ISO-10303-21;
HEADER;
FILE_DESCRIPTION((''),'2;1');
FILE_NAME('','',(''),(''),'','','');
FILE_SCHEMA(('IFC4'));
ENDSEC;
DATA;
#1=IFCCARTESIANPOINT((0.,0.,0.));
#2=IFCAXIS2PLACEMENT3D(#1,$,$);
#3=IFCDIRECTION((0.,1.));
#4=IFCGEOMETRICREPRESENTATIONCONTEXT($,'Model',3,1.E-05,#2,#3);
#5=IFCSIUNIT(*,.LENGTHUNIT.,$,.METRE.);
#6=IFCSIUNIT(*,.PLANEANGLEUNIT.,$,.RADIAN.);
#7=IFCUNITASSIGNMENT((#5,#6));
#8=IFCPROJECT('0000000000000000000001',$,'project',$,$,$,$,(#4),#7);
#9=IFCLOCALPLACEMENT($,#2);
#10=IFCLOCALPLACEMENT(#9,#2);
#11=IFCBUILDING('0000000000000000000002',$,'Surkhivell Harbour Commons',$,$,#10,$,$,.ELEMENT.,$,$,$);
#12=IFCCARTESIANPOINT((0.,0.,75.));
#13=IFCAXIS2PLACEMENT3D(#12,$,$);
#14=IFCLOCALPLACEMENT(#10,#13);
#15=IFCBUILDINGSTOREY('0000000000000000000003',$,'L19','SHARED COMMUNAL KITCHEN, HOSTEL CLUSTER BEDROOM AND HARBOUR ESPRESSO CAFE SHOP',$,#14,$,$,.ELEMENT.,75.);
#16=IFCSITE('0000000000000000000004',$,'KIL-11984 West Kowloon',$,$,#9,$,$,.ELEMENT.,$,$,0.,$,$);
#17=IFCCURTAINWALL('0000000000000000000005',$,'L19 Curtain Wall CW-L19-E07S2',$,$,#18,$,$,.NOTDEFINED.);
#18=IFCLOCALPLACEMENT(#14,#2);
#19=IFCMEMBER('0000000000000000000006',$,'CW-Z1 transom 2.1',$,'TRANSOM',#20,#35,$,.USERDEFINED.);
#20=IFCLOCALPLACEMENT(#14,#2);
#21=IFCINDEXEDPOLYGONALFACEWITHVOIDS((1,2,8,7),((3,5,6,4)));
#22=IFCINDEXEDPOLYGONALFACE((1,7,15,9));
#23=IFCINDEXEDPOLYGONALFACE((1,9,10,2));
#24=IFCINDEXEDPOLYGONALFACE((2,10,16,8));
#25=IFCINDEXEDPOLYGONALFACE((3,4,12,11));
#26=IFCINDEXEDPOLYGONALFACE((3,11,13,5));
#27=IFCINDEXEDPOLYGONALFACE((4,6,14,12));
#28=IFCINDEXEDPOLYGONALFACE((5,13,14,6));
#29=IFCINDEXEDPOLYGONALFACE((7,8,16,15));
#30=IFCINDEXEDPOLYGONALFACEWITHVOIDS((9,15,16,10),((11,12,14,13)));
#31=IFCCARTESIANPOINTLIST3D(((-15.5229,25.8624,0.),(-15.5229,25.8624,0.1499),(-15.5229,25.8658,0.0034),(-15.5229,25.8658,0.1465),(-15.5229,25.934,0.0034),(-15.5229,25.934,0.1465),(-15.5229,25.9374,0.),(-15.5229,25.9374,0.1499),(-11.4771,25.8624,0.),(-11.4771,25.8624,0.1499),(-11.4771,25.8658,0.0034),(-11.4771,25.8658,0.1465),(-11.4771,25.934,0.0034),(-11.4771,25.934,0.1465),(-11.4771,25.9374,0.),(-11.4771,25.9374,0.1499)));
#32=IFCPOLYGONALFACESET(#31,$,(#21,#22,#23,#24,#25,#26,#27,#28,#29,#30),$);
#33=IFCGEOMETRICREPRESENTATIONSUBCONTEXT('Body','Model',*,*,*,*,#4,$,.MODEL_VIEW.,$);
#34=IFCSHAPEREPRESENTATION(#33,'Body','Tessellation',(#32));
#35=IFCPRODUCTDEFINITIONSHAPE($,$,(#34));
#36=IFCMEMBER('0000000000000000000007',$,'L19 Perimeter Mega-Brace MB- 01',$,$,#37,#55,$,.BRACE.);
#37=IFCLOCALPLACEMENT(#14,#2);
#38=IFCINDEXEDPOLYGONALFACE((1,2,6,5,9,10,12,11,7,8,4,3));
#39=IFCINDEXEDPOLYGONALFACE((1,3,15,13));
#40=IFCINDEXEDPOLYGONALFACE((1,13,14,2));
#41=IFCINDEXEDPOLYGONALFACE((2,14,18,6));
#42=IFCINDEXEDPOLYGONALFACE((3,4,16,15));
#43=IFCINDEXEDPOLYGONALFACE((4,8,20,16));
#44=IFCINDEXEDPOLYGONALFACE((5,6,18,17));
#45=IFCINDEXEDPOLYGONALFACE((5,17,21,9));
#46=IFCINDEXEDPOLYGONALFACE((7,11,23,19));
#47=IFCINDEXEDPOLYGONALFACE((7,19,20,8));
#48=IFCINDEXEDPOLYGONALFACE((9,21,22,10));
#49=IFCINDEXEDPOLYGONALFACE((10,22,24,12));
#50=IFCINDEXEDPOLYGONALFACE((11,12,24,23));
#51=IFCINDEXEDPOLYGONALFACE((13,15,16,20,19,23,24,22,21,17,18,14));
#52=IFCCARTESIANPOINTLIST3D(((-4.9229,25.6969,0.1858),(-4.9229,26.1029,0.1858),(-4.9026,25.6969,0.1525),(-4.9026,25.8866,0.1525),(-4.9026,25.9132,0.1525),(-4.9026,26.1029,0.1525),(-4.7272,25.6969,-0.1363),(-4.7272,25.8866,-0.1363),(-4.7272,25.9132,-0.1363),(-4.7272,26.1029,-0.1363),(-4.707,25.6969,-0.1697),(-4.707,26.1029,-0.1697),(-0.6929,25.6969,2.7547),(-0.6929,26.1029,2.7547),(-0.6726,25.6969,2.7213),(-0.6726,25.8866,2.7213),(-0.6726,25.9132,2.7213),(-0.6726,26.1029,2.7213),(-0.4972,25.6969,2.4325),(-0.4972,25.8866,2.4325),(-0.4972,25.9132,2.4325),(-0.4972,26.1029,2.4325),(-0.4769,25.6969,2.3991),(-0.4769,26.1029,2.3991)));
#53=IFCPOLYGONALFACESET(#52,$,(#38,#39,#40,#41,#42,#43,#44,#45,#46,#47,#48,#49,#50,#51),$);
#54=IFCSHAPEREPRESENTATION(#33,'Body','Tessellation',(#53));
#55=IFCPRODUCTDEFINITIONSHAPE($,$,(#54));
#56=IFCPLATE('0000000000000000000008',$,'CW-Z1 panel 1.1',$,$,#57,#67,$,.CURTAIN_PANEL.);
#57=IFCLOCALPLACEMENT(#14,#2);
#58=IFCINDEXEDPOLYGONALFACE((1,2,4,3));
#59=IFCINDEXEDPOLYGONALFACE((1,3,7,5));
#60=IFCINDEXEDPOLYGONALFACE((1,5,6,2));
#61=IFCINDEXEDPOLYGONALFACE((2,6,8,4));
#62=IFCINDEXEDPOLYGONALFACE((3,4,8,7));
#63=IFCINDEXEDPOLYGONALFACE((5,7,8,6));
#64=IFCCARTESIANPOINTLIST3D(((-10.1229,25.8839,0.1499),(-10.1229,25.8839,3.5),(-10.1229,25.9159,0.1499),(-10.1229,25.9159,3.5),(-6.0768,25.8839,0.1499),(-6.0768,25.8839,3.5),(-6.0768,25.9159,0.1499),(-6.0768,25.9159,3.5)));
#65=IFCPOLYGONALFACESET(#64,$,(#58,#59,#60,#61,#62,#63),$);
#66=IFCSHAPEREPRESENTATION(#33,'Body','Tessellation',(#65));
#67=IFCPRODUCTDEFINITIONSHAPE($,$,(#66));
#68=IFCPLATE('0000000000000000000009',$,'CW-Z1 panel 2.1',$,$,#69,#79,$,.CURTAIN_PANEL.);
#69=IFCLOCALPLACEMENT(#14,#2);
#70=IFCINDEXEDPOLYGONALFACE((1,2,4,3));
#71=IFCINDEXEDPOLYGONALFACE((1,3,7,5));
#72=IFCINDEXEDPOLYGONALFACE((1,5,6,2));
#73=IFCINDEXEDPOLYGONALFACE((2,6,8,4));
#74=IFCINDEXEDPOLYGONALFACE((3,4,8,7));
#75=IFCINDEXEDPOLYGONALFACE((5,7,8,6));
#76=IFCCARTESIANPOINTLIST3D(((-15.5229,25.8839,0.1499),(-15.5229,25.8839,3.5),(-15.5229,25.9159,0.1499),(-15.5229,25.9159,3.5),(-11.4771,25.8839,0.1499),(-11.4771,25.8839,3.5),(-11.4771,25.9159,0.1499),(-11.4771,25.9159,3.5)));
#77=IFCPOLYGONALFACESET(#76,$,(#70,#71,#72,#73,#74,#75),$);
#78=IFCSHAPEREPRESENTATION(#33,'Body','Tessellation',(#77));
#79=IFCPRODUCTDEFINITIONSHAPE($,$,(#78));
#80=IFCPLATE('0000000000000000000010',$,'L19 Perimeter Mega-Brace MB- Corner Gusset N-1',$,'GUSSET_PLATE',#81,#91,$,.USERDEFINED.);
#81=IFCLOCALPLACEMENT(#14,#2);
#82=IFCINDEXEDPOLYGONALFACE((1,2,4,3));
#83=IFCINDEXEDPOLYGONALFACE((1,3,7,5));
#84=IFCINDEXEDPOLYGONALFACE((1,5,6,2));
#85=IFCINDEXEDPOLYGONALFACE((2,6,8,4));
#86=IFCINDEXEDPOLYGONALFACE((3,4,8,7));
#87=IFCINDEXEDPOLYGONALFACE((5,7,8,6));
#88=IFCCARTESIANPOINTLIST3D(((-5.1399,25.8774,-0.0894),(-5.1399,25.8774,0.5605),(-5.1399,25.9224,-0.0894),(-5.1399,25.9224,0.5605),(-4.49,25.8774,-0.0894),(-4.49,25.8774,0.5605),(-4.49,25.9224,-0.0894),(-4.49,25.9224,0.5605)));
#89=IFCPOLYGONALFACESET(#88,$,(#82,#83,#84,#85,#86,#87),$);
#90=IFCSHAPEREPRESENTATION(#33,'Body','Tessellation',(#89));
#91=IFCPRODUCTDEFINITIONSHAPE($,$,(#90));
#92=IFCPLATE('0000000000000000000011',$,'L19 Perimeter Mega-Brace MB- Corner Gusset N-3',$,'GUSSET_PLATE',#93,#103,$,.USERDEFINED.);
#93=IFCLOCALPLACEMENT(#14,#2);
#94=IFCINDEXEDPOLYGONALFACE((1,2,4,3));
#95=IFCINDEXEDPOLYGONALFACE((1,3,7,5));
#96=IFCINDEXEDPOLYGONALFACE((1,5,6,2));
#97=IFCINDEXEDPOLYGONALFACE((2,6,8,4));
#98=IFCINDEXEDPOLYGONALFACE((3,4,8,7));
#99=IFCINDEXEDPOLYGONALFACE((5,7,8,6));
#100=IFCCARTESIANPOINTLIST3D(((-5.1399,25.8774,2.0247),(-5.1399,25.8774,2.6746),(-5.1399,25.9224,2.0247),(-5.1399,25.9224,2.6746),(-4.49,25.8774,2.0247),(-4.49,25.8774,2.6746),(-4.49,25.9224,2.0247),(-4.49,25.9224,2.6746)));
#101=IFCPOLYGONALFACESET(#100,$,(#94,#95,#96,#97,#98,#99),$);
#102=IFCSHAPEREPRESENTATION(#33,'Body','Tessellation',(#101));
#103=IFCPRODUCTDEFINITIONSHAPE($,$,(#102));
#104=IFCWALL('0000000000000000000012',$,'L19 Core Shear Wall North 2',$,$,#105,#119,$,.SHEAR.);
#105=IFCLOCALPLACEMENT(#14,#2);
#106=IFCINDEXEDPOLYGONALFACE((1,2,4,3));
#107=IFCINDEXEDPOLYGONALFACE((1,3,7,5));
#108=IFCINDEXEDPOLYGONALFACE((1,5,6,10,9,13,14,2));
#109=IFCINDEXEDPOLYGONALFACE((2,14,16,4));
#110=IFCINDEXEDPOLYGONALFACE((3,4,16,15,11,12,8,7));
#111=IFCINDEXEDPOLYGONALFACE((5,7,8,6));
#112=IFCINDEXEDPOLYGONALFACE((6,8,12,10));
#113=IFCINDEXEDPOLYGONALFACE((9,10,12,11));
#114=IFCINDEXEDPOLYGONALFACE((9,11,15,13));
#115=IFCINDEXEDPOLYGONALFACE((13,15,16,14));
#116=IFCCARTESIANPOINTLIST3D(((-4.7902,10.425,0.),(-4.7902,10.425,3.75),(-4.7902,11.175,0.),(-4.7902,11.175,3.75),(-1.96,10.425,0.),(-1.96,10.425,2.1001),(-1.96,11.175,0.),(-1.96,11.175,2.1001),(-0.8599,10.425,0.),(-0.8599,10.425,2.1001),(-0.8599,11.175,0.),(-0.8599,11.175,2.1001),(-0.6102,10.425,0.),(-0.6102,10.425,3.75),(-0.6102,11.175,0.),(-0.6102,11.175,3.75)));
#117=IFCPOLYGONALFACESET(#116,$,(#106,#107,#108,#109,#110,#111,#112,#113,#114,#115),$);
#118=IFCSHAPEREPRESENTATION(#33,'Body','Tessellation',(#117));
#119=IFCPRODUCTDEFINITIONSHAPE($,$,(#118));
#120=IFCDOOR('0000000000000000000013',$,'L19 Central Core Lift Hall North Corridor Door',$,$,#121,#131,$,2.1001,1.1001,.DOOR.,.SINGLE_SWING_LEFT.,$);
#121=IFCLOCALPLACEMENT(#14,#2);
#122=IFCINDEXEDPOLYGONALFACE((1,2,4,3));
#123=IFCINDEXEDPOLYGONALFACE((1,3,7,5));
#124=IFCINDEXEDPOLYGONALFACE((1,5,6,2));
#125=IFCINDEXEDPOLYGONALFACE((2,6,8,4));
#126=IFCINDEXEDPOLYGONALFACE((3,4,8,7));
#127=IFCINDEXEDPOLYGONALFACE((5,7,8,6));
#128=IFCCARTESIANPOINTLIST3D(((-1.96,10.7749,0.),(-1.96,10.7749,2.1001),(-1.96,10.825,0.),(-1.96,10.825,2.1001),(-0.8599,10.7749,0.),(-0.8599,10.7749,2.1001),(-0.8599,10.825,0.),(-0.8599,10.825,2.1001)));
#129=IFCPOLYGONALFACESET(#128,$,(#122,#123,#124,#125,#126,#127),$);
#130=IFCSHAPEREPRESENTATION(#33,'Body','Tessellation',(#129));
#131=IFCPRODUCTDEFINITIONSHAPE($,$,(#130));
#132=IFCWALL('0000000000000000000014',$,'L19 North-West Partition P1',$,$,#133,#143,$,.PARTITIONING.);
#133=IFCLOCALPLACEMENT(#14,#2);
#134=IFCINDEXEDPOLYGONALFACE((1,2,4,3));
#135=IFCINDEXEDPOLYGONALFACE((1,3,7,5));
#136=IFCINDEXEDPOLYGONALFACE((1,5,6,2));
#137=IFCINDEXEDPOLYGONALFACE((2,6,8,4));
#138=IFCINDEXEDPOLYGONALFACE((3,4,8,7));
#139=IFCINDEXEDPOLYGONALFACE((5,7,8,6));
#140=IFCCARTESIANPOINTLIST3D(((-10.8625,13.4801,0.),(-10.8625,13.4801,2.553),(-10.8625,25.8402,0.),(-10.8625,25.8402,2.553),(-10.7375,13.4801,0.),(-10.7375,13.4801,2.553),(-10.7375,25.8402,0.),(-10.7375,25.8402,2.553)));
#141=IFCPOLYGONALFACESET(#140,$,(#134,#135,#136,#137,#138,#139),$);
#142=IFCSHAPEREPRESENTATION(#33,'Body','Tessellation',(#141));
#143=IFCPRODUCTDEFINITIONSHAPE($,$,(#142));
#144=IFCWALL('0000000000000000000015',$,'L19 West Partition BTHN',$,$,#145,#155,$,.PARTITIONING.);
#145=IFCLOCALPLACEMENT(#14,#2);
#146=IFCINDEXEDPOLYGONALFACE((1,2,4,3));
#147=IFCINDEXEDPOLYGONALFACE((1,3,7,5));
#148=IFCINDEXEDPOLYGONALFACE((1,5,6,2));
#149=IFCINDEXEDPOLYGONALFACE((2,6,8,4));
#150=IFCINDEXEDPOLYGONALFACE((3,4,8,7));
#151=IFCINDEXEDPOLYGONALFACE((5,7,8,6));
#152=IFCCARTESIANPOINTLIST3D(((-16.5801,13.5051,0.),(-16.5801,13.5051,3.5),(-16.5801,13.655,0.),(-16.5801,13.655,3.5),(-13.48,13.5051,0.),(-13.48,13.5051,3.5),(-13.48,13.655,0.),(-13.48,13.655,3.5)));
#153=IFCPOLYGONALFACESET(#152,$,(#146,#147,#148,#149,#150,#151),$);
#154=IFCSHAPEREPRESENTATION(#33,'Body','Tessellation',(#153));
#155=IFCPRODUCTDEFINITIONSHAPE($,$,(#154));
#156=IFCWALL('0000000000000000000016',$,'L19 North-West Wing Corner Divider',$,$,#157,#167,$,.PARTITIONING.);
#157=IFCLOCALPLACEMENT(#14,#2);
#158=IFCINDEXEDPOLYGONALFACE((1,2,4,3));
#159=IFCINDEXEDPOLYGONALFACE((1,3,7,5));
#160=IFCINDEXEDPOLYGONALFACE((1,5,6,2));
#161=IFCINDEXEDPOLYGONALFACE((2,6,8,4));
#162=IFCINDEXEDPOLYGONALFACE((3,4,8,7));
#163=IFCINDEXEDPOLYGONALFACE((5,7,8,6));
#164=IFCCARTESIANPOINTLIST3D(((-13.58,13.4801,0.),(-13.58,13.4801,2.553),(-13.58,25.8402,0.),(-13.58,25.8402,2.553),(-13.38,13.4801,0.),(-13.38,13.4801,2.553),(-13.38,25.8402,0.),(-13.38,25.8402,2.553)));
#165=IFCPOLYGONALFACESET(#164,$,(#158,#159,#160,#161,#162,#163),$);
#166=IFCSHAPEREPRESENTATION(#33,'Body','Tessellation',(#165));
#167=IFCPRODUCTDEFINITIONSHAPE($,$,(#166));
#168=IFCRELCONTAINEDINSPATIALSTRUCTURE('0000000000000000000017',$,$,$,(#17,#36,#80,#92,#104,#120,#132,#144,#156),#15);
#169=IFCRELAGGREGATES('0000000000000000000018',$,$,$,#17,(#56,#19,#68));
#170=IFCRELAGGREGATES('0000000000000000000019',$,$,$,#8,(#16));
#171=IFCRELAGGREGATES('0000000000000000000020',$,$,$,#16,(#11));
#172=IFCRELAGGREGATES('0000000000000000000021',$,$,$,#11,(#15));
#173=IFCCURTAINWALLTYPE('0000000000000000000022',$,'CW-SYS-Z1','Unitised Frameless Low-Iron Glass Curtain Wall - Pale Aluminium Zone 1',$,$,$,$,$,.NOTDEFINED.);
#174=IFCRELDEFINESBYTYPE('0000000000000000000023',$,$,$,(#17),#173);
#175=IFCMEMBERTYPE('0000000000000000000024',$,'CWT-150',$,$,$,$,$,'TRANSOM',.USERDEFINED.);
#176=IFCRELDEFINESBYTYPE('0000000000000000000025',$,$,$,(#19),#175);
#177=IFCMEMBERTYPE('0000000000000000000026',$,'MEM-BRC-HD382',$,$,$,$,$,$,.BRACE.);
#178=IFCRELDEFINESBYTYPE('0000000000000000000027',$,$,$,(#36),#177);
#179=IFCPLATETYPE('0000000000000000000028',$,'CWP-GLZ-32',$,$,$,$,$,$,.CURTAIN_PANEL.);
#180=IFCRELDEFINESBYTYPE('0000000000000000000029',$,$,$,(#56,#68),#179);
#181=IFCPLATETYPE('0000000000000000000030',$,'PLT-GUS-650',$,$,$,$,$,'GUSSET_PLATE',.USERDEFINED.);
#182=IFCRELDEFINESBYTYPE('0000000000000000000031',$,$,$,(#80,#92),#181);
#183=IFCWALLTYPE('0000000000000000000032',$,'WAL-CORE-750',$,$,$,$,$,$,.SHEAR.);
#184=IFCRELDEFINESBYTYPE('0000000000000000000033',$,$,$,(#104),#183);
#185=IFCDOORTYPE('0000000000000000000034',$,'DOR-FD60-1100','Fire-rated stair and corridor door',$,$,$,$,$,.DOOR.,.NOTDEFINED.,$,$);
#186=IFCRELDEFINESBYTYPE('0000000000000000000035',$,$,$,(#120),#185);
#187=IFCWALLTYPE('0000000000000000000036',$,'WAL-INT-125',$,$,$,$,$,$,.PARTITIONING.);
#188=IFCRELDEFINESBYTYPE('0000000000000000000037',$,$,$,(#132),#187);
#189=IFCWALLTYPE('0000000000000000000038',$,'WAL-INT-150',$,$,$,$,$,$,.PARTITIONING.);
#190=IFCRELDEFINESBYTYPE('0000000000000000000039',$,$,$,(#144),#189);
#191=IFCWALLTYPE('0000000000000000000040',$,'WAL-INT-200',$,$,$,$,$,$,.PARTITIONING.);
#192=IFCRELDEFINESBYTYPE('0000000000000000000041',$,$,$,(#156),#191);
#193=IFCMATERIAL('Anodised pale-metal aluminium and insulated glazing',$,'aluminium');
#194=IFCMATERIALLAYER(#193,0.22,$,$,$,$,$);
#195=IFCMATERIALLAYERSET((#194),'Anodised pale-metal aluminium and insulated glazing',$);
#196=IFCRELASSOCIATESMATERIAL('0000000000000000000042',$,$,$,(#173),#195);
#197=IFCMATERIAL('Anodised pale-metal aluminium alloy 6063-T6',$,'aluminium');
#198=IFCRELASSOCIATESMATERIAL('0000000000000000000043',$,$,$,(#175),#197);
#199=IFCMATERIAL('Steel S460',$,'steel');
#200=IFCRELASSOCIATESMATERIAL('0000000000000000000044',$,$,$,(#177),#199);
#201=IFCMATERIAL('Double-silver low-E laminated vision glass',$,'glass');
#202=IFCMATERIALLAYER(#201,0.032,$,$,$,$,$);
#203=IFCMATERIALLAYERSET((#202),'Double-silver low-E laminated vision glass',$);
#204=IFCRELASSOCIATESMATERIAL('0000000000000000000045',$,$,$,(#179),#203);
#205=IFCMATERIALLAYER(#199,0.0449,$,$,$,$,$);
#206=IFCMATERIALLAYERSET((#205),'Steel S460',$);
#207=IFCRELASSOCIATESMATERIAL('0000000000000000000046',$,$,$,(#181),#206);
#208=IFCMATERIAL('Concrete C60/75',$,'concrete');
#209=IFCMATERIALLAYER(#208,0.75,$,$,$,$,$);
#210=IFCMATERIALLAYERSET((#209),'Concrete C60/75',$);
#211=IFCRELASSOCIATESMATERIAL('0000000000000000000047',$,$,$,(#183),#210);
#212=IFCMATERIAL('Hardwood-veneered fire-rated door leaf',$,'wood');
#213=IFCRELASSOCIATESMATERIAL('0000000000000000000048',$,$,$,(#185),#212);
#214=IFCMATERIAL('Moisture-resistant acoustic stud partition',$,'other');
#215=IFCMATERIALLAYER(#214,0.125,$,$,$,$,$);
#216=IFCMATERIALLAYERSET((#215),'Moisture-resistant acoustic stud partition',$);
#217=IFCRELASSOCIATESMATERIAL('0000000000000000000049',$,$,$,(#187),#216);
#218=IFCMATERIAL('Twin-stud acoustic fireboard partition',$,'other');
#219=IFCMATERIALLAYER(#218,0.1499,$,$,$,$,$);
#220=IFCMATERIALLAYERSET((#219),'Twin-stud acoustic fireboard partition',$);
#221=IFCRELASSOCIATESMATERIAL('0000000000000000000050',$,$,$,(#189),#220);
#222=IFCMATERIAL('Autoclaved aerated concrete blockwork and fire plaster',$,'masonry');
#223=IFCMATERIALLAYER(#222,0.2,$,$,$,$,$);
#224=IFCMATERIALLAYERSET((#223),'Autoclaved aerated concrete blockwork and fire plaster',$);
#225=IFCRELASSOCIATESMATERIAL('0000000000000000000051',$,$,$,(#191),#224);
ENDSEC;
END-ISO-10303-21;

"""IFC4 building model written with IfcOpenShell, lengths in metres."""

from ifc_helpers import new_model, si_unit, direction, frame, frame_2d, origin, origin_2d, place, context, subcontext, project, spatial, rectangle, hollow_rectangle, i_section, extrude, material, layer, layer_set, material_profile, profile_set, type_object, element, fill, aggregate, save


model = new_model("IFC4")

# Units and contexts
model_context = context("Model", 3, precision=1e-05, world=origin(), true_north=direction((0.0, 1.0)))
body_context = subcontext(model_context, "Body", "Model", "MODEL_VIEW")
ifc_project = project(units=[si_unit("LENGTHUNIT", "METRE"), si_unit("PLANEANGLEUNIT", "RADIAN")], contexts=[model_context])

# Site, building, storey
site_placement = place(None, origin())
site = spatial("IfcSite", under=ifc_project, at=site_placement, Name="KIL-11984 West Kowloon", CompositionType="ELEMENT", RefElevation=0.0)
building_placement = place(site_placement, origin())
building = spatial("IfcBuilding", under=site, at=building_placement, Name="Surkhivell Harbour Commons", CompositionType="ELEMENT")
storey_placement = place(building_placement, frame((0.0, 0.0, 75.0)))
storey = spatial("IfcBuildingStorey", under=building, at=storey_placement, Name="L19", Description="SHARED COMMUNAL KITCHEN, HOSTEL CLUSTER BEDROOM AND HARBOUR ESPRESSO CAFE SHOP", CompositionType="ELEMENT", Elevation=75.0)

# Shared definitions
ifc_material_1 = material(Name="Steel S460", Category="steel")

# Curtain wall, member
ifc_material_2 = material(Name="Anodised pale-metal aluminium and insulated glazing", Category="aluminium")
ifc_layer_1 = layer(ifc_material_2, 0.22)
ifc_layer_set_1 = layer_set([ifc_layer_1], Name="Anodised pale-metal aluminium and insulated glazing")
curtain_wall_type = type_object("IfcCurtainWallType", Name="CW-SYS-Z1", Description="Unitised Frameless Low-Iron Glass Curtain Wall - Pale Aluminium Zone 1", PredefinedType="NOTDEFINED", material=ifc_layer_set_1)
curtain_wall_placement = place(storey_placement, origin())
curtain_wall = element("IfcCurtainWall", 1, at=curtain_wall_placement, inside=storey, type_object=curtain_wall_type, Name="L19 Curtain Wall CW-L19-E07S2", PredefinedType="NOTDEFINED")
ifc_material_3 = material(Name="Anodised pale-metal aluminium alloy 6063-T6", Category="aluminium")
ifc_material_profile_1 = material_profile(ifc_material_3, hollow_rectangle(XDim=0.075, YDim=0.1499, WallThickness=0.0034, at=origin_2d()), Name="ALU-TRAN-75x150")
ifc_profile_set_1 = profile_set([ifc_material_profile_1], Name="Anodised pale-metal aluminium alloy 6063-T6")
member_type_1 = type_object("IfcMemberType", Name="CWT-150", ElementType="TRANSOM", PredefinedType="USERDEFINED", material=ifc_profile_set_1)
member_1_placement = place(storey_placement, frame((-11.4771, 25.8999, 0.075), z_axis=(-1.0, 0.0, 0.0), x_axis=(0.0, -1.0, 0.0)))
member_1 = element("IfcMember", 2, at=member_1_placement, type_object=member_type_1, Name="CW-Z1 transom 2.1", ObjectType="TRANSOM", PredefinedType="USERDEFINED", context=body_context, shape_type="SweptSolid", body=[
    extrude(hollow_rectangle(XDim=0.075, YDim=0.1499, WallThickness=0.0034, at=origin_2d()), origin(), (0.0, 0.0, 1.0), 4.0459),
])

# Member
ifc_material_profile_2 = material_profile(ifc_material_1, i_section(OverallWidth=0.406, OverallDepth=0.416, WebThickness=0.0266, FlangeThickness=0.0391, at=origin_2d()), Name="HD400x382")
ifc_profile_set_2 = profile_set([ifc_material_profile_2], Name="Steel S460")
member_type_2 = type_object("IfcMemberType", Name="MEM-BRC-HD382", PredefinedType="BRACE", material=ifc_profile_set_2)
member_2_placement = place(storey_placement, frame((-4.8149, 25.8999, 0.0081), z_axis=(0.85473, 0.0, 0.519073), x_axis=(0.0, 1.0, 0.0)))
element("IfcMember", 3, at=member_2_placement, inside=storey, type_object=member_type_2, Name="L19 Perimeter Mega-Brace MB- 01", PredefinedType="BRACE", context=body_context, shape_type="SweptSolid", body=[
    extrude(i_section(OverallWidth=0.406, OverallDepth=0.416, WebThickness=0.0266, FlangeThickness=0.0391, at=origin_2d()), origin(), (0.0, 0.0, 1.0), 4.949),
])

# Plates
ifc_material_4 = material(Name="Double-silver low-E laminated vision glass", Category="glass")
ifc_layer_2 = layer(ifc_material_4, 0.032)
ifc_layer_set_2 = layer_set([ifc_layer_2], Name="Double-silver low-E laminated vision glass")
plate_type_1 = type_object("IfcPlateType", Name="CWP-GLZ-32", PredefinedType="CURTAIN_PANEL", material=ifc_layer_set_2)
plate_1_placement = place(storey_placement, frame((-6.0769, 25.8999, 0.1499), z_axis=(0.0, 0.0, 1.0), x_axis=(-1.0, 0.0, 0.0)))
plate_1 = element("IfcPlate", 4, at=plate_1_placement, type_object=plate_type_1, Name="CW-Z1 panel 1.1", PredefinedType="CURTAIN_PANEL", context=body_context, shape_type="SweptSolid", body=[
    extrude(rectangle(XDim=4.0461, YDim=0.032, at=frame_2d((2.0229, 0.0))), origin(), (0.0, 0.0, 1.0), 3.3501),
])
plate_2_placement = place(storey_placement, frame((-11.4771, 25.8999, 0.1499), z_axis=(0.0, 0.0, 1.0), x_axis=(-1.0, 0.0, 0.0)))
plate_2 = element("IfcPlate", 5, at=plate_2_placement, type_object=plate_type_1, Name="CW-Z1 panel 2.1", PredefinedType="CURTAIN_PANEL", context=body_context, shape_type="SweptSolid", body=[
    extrude(rectangle(XDim=4.0459, YDim=0.032, at=frame_2d((2.0229, 0.0))), origin(), (0.0, 0.0, 1.0), 3.3501),
])
aggregate(curtain_wall, [plate_1, member_1, plate_2])

# Plates
ifc_layer_3 = layer(ifc_material_1, 0.0449)
ifc_layer_set_3 = layer_set([ifc_layer_3], Name="Steel S460")
plate_type_2 = type_object("IfcPlateType", Name="PLT-GUS-650", ElementType="GUSSET_PLATE", PredefinedType="USERDEFINED", material=ifc_layer_set_3)
for number, where, z_axis, x_axis, name in (
    (6, (-4.8149, 25.8999, -0.0894), (0.0, 0.0, 1.0), (1.0, 0.0, 0.0), "L19 Perimeter Mega-Brace MB- Corner Gusset N-1"),
    (7, (-4.8149, 25.8999, 2.0247), (0.0, 0.0, 1.0), (1.0, 0.0, 0.0), "L19 Perimeter Mega-Brace MB- Corner Gusset N-3"),
):
    element("IfcPlate", number, at=place(storey_placement, frame(where, z_axis=z_axis, x_axis=x_axis)), inside=storey, type_object=plate_type_2, Name=name, ObjectType="GUSSET_PLATE", PredefinedType="USERDEFINED", context=body_context, shape_type="SweptSolid", body=[
        extrude(rectangle(XDim=0.6499, YDim=0.0449, at=origin_2d()), origin(), (0.0, 0.0, 1.0), 0.6499),
    ])

# Wall, opening, door
ifc_material_5 = material(Name="Concrete C60/75", Category="concrete")
ifc_layer_4 = layer(ifc_material_5, 0.75)
ifc_layer_set_4 = layer_set([ifc_layer_4], Name="Concrete C60/75")
wall_type_1 = type_object("IfcWallType", Name="WAL-CORE-750", PredefinedType="SHEAR", material=ifc_layer_set_4)
wall_1_placement = place(storey_placement, frame((-4.79, 10.8, 0.0), z_axis=(0.0, 0.0, 1.0), x_axis=(1.0, 0.0, 0.0)))
wall_1 = element("IfcWall", 8, at=wall_1_placement, inside=storey, type_object=wall_type_1, Name="L19 Core Shear Wall North 2", PredefinedType="SHEAR", context=body_context, shape_type="SweptSolid", body=[
    extrude(rectangle(XDim=4.1799, YDim=0.75, at=frame_2d((2.0898, 0.0))), origin(), (0.0, 0.0, 1.0), 3.75),
])
opening_1_placement = place(wall_1_placement, frame((2.8301, 0.0, 0.0)))
opening_1 = element("IfcOpeningElement", 9, at=opening_1_placement, cuts=wall_1, PredefinedType="OPENING", context=body_context, shape_type="SweptSolid", body=[
    extrude(rectangle(XDim=1.1001, YDim=2.1001, at=frame_2d((0.55, 1.05))), frame((0.0, 0.385, 0.0), z_axis=(0.0, -1.0, 0.0), x_axis=(1.0, 0.0, 0.0)), (0.0, 0.0, 1.0), 0.77),
])
ifc_material_6 = material(Name="Hardwood-veneered fire-rated door leaf", Category="wood")
door_type_1 = type_object("IfcDoorType", Name="DOR-FD60-1100", Description="Fire-rated stair and corridor door", OperationType="NOTDEFINED", PredefinedType="DOOR", material=ifc_material_6)
door_1_placement = place(opening_1_placement, origin())
door_1 = element("IfcDoor", 10, at=door_1_placement, inside=storey, type_object=door_type_1, Name="L19 Central Core Lift Hall North Corridor Door", OperationType="SINGLE_SWING_LEFT", OverallHeight=2.1001, OverallWidth=1.1001, PredefinedType="DOOR", context=body_context, shape_type="SweptSolid", body=[
    extrude(rectangle(XDim=1.1001, YDim=2.1001, at=frame_2d((0.55, 1.05))), frame((0.0, 0.0249, 0.0), z_axis=(0.0, -1.0, 0.0), x_axis=(1.0, 0.0, 0.0)), (0.0, 0.0, 1.0), 0.05),
])
fill(opening_1, door_1)

# Walls
ifc_material_7 = material(Name="Moisture-resistant acoustic stud partition", Category="other")
ifc_layer_5 = layer(ifc_material_7, 0.125)
ifc_layer_set_5 = layer_set([ifc_layer_5], Name="Moisture-resistant acoustic stud partition")
wall_type_2 = type_object("IfcWallType", Name="WAL-INT-125", PredefinedType="PARTITIONING", material=ifc_layer_set_5)
wall_2_placement = place(storey_placement, frame((-10.8, 13.48, 0.0), z_axis=(0.0, 0.0, 1.0), x_axis=(0.0, 1.0, 0.0)))
element("IfcWall", 11, at=wall_2_placement, inside=storey, type_object=wall_type_2, Name="L19 North-West Partition P1", PredefinedType="PARTITIONING", context=body_context, shape_type="SweptSolid", body=[
    extrude(rectangle(XDim=12.3601, YDim=0.125, at=frame_2d((6.1802, 0.0))), origin(), (0.0, 0.0, 1.0), 2.553),
])
ifc_material_8 = material(Name="Twin-stud acoustic fireboard partition", Category="other")
ifc_layer_6 = layer(ifc_material_8, 0.1499)
ifc_layer_set_6 = layer_set([ifc_layer_6], Name="Twin-stud acoustic fireboard partition")
wall_type_3 = type_object("IfcWallType", Name="WAL-INT-150", PredefinedType="PARTITIONING", material=ifc_layer_set_6)
wall_3_placement = place(storey_placement, frame((-16.5801, 13.5801, 0.0), z_axis=(0.0, 0.0, 1.0), x_axis=(1.0, 0.0, 0.0)))
element("IfcWall", 12, at=wall_3_placement, inside=storey, type_object=wall_type_3, Name="L19 West Partition BTHN", PredefinedType="PARTITIONING", context=body_context, shape_type="SweptSolid", body=[
    extrude(rectangle(XDim=3.1001, YDim=0.1499, at=frame_2d((1.55, 0.0))), origin(), (0.0, 0.0, 1.0), 3.5),
])
ifc_material_9 = material(Name="Autoclaved aerated concrete blockwork and fire plaster", Category="masonry")
ifc_layer_7 = layer(ifc_material_9, 0.2)
ifc_layer_set_7 = layer_set([ifc_layer_7], Name="Autoclaved aerated concrete blockwork and fire plaster")
wall_type_4 = type_object("IfcWallType", Name="WAL-INT-200", PredefinedType="PARTITIONING", material=ifc_layer_set_7)
wall_4_placement = place(storey_placement, frame((-13.48, 13.48, 0.0), z_axis=(0.0, 0.0, 1.0), x_axis=(0.0, 1.0, 0.0)))
element("IfcWall", 13, at=wall_4_placement, inside=storey, type_object=wall_type_4, Name="L19 North-West Wing Corner Divider", PredefinedType="PARTITIONING", context=body_context, shape_type="SweptSolid", body=[
    extrude(rectangle(XDim=12.3601, YDim=0.2, at=frame_2d((6.1802, 0.0))), origin(), (0.0, 0.0, 1.0), 2.553),
])

save(model, "model.ifc")
